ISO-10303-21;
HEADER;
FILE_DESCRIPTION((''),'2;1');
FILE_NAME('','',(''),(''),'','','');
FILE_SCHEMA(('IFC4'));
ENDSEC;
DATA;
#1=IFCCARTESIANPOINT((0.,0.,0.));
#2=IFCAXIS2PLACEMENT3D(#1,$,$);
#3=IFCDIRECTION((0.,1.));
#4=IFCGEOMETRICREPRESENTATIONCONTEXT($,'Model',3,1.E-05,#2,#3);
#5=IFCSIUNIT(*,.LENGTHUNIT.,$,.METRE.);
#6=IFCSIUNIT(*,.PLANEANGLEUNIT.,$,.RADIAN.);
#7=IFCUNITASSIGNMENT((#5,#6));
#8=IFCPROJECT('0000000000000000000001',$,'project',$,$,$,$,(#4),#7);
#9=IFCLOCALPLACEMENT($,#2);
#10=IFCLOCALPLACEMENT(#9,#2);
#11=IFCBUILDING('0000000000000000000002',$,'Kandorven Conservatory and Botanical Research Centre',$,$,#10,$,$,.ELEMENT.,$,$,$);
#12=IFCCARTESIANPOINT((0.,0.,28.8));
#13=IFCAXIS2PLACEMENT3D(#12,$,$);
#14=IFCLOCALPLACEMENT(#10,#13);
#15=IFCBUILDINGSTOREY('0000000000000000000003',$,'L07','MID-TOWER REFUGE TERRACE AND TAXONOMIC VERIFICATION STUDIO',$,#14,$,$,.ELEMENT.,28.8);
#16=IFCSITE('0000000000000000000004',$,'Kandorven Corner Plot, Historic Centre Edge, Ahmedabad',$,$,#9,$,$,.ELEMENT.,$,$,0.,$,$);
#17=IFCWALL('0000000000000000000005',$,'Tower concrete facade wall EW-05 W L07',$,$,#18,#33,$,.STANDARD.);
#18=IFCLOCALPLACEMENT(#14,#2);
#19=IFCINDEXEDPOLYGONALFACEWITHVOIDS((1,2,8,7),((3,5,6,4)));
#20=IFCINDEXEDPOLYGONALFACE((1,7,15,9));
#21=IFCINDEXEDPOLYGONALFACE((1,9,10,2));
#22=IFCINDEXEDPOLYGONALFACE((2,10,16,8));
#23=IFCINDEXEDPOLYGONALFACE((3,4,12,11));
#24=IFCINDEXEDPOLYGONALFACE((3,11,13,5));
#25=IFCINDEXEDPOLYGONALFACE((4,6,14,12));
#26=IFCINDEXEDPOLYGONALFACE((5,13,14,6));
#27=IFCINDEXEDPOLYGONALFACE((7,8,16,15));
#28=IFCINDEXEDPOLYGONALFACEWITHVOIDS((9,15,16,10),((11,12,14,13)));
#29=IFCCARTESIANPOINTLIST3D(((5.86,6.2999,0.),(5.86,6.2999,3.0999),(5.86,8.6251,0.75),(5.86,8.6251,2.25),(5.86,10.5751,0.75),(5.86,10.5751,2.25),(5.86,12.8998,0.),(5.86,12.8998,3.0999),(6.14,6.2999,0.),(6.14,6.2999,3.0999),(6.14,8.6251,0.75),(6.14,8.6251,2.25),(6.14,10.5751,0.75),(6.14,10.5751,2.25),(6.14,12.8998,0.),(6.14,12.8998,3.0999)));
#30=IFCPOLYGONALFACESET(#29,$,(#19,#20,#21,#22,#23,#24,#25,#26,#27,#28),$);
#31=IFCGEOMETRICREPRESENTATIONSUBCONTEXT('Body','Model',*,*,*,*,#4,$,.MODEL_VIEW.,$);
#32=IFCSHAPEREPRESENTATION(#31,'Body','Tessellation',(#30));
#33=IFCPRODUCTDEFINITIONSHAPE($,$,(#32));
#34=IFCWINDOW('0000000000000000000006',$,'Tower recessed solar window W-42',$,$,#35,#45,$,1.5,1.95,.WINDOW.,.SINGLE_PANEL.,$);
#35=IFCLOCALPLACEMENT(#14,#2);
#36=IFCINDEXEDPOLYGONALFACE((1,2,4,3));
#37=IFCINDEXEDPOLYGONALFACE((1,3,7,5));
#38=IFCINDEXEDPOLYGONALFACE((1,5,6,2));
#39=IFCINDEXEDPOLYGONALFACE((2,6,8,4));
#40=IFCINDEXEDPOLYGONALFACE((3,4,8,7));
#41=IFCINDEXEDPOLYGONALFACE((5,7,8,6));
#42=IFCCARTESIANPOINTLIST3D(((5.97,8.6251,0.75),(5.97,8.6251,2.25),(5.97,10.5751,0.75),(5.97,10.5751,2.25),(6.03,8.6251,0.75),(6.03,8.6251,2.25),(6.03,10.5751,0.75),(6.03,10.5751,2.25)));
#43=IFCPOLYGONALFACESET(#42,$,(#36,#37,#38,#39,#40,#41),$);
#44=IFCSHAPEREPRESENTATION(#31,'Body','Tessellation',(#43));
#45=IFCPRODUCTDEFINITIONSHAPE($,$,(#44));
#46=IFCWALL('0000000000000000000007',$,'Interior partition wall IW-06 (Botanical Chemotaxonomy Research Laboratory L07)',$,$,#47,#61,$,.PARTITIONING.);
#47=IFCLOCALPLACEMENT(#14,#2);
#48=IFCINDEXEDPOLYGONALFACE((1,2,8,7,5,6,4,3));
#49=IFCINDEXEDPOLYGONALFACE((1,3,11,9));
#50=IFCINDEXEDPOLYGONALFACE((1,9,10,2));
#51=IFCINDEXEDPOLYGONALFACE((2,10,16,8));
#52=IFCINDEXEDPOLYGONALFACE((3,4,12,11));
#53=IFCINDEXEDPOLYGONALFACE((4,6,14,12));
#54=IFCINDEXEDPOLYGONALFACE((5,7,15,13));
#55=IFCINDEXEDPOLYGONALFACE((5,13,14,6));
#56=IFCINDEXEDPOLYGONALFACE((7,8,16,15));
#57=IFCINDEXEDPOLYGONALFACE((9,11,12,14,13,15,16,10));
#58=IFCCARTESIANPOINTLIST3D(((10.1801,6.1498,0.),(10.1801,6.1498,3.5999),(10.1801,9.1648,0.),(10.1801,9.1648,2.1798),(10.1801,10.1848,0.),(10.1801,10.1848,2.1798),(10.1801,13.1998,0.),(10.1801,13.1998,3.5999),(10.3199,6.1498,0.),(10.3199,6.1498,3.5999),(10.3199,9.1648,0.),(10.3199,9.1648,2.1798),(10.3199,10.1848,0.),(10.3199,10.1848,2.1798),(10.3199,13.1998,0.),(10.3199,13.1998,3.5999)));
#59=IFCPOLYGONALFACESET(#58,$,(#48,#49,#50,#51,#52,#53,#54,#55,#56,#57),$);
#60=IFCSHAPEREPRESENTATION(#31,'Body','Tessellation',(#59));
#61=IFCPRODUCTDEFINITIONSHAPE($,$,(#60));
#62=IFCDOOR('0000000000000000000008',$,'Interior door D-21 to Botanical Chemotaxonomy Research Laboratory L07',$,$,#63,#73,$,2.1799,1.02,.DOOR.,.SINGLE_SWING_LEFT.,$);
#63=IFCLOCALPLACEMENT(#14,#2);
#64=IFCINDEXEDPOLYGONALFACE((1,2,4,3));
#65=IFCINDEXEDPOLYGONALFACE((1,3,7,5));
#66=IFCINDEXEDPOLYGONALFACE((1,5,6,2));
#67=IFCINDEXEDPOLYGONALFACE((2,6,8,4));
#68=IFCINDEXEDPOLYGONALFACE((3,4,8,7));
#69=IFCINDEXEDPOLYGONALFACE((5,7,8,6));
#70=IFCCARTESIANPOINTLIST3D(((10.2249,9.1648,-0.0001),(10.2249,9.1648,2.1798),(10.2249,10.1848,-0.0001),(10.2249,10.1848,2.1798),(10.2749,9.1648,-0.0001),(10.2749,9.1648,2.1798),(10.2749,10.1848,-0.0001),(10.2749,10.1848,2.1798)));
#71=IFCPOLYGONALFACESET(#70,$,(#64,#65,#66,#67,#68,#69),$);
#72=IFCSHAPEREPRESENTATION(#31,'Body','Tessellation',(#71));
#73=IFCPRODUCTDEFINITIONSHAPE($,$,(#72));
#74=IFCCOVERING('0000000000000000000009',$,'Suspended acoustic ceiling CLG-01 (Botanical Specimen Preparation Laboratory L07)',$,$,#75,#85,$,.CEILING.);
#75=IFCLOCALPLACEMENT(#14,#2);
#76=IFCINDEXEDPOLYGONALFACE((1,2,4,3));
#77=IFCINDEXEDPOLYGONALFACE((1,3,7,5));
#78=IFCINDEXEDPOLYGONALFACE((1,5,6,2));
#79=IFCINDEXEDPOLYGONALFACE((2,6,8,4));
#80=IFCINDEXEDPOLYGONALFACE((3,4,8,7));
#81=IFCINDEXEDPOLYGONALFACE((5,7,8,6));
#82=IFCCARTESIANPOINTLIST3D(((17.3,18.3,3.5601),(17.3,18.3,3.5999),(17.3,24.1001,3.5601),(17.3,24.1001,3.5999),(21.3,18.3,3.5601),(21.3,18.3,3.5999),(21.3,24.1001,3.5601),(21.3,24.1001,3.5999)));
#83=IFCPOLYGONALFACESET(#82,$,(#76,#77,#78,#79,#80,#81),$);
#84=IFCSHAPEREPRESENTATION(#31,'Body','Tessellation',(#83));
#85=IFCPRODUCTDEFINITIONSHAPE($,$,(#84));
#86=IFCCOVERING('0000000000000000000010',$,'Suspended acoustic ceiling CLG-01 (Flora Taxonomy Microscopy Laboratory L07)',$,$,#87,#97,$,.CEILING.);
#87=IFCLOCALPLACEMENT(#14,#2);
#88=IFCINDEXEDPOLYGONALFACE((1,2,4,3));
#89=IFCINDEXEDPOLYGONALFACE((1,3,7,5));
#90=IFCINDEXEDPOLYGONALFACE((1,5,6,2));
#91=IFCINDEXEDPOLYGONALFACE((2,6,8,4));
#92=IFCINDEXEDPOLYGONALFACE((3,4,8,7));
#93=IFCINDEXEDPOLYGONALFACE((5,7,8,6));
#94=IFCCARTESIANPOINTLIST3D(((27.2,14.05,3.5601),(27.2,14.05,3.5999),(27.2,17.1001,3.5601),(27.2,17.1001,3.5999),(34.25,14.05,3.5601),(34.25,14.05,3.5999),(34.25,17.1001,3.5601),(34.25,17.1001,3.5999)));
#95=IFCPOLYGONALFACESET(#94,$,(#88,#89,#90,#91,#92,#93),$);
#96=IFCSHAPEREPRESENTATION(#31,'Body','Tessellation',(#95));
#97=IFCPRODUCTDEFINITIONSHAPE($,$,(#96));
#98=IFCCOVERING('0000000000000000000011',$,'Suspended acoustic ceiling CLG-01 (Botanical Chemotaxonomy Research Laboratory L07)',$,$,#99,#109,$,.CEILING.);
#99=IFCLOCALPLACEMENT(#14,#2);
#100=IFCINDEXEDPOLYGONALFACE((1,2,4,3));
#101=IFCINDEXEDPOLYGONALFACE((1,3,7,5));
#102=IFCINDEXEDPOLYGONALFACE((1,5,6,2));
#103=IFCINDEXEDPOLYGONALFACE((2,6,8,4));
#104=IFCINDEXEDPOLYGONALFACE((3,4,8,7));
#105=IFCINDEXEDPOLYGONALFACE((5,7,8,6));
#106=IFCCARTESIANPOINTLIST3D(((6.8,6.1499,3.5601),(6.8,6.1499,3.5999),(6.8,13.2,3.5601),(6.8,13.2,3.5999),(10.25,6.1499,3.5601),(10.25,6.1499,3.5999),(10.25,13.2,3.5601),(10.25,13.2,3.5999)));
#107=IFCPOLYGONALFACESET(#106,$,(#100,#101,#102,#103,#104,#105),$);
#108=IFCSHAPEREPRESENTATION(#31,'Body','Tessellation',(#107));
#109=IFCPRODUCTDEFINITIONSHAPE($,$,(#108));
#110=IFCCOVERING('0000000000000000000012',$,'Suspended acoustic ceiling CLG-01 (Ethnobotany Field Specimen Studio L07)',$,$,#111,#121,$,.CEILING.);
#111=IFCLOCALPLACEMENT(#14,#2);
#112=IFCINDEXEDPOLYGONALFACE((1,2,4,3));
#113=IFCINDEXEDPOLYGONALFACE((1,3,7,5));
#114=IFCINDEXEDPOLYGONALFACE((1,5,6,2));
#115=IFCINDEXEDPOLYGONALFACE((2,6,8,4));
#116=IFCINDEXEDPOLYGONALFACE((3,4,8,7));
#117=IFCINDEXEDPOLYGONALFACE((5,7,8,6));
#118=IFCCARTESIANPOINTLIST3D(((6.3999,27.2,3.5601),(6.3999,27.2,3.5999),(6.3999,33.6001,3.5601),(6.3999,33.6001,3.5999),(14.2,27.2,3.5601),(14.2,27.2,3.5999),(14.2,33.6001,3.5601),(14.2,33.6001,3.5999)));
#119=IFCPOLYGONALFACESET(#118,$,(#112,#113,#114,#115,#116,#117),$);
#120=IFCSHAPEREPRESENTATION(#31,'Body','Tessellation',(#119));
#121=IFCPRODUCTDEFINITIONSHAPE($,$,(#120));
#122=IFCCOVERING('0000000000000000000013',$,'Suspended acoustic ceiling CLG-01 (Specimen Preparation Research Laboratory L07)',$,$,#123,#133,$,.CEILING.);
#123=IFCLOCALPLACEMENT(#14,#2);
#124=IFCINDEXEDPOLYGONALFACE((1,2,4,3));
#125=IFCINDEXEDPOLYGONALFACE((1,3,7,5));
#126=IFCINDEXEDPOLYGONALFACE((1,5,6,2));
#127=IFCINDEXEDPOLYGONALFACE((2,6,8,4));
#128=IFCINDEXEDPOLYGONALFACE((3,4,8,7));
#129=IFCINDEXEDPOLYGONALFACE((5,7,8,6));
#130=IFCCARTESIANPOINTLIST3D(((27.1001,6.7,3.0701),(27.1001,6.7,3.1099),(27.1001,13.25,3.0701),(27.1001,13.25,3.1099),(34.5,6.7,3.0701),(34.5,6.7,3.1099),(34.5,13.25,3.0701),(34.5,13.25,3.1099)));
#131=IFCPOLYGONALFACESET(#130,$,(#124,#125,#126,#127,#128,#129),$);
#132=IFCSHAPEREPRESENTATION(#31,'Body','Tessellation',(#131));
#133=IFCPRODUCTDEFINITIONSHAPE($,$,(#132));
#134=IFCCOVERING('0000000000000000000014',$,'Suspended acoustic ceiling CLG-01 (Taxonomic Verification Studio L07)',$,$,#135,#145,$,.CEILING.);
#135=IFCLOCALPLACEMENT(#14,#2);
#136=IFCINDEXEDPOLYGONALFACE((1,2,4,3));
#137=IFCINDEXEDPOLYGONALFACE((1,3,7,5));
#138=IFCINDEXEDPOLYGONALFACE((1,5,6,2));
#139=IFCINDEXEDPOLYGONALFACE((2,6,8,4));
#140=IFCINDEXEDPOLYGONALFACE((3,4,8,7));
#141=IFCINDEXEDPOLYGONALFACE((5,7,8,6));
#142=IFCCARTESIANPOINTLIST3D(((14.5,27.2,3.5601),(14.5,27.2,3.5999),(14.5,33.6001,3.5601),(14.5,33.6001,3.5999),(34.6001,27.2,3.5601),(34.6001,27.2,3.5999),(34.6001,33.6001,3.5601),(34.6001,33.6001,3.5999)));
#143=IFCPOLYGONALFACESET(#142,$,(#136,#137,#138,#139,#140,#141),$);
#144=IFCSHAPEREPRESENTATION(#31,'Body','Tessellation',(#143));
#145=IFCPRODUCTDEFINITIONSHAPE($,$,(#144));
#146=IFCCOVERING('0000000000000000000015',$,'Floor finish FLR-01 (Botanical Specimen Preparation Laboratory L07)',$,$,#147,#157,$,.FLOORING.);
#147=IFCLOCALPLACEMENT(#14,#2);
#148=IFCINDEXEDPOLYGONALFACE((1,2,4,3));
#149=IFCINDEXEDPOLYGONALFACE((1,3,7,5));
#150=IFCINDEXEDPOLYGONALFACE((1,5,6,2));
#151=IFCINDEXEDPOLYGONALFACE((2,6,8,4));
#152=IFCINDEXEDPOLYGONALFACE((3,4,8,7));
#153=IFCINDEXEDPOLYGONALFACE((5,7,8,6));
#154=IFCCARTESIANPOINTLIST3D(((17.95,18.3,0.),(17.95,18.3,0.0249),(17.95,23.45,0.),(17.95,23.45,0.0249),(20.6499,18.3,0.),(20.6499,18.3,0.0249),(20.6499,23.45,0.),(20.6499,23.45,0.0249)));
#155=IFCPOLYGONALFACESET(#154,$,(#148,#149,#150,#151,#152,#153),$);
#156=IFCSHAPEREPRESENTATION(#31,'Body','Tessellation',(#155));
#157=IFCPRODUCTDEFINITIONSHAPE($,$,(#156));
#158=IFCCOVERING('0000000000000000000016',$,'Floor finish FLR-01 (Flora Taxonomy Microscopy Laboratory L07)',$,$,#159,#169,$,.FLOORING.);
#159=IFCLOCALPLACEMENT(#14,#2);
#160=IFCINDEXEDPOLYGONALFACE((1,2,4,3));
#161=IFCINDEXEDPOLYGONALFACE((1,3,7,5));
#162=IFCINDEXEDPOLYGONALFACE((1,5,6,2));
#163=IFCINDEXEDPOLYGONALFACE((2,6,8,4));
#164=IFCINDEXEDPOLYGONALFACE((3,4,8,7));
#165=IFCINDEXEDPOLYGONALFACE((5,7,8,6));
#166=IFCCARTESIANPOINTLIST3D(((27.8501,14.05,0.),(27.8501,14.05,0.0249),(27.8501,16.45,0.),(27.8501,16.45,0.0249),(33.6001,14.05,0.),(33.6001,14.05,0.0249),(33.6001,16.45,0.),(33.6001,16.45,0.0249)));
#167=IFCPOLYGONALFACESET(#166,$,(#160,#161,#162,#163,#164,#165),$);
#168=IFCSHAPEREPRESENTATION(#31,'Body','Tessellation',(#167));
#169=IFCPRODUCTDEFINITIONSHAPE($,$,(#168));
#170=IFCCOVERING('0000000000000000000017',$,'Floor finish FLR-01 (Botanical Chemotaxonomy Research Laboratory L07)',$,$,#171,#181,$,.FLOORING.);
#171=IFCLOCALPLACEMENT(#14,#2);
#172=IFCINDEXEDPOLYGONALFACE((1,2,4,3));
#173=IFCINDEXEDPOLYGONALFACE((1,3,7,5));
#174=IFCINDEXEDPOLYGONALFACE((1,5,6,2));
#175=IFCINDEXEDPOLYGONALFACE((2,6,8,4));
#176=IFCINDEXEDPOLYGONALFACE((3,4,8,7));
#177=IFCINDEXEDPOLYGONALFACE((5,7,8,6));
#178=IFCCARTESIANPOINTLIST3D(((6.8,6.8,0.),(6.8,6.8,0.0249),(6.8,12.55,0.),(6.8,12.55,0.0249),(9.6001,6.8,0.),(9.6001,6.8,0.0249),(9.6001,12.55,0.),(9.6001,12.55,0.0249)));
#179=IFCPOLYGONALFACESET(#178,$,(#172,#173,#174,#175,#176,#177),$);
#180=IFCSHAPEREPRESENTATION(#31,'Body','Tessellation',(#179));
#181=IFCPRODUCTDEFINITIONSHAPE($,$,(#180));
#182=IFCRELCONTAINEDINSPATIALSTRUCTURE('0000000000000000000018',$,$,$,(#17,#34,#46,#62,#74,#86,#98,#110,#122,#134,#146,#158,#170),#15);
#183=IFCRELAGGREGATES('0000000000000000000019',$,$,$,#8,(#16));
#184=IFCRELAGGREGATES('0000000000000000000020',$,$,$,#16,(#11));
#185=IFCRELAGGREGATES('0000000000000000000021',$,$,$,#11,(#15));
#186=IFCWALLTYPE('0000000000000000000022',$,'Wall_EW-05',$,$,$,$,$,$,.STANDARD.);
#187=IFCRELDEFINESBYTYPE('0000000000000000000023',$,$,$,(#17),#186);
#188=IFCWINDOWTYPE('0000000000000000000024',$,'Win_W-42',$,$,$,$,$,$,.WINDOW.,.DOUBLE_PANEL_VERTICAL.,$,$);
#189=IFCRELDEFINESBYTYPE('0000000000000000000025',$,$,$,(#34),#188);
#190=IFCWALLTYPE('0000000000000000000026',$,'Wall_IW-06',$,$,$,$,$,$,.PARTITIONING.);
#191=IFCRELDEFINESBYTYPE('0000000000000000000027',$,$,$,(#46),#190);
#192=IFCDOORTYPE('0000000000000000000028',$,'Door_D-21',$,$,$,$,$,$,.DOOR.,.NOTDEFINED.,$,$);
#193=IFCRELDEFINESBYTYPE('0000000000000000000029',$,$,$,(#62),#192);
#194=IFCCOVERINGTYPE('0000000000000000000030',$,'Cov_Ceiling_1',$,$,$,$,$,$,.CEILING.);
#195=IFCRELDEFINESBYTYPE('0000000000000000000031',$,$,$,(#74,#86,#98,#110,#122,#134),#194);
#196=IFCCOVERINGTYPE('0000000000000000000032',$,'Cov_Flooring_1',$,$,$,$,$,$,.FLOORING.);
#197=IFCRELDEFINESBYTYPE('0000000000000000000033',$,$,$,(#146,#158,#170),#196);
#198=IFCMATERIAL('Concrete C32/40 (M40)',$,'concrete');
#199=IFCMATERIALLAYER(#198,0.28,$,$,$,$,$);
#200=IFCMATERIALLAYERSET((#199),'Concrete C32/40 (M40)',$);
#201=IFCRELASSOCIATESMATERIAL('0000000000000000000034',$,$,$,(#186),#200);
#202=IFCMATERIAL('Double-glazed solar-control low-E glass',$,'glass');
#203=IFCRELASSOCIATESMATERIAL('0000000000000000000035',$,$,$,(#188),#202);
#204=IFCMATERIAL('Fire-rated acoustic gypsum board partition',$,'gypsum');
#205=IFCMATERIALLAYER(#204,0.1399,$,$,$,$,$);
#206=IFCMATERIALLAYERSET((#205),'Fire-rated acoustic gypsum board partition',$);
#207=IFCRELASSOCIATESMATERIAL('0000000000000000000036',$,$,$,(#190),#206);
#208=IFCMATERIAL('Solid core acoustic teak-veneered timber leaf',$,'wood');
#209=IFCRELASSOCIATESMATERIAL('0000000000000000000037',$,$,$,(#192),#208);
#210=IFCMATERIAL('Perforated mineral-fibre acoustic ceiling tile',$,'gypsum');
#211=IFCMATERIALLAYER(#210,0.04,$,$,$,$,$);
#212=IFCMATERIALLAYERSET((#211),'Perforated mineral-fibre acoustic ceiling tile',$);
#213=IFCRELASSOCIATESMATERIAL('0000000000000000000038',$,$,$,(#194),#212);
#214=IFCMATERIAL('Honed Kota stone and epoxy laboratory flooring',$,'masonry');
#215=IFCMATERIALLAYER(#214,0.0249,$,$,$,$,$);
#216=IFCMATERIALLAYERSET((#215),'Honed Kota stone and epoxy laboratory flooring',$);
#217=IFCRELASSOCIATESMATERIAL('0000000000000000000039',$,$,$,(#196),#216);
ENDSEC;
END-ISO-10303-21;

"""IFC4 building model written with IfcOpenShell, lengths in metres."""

from ifc_helpers import new_model, si_unit, direction, frame, frame_2d, origin, place, context, subcontext, project, spatial, polyline, rectangle, outline, extrude, material, layer, layer_set, type_object, element, fill, save


model = new_model("IFC4")

# Units and contexts
model_context = context("Model", 3, precision=1e-05, world=origin(), true_north=direction((0.0, 1.0)))
body_context = subcontext(model_context, "Body", "Model", "MODEL_VIEW")
ifc_project = project(units=[si_unit("LENGTHUNIT", "METRE"), si_unit("PLANEANGLEUNIT", "RADIAN")], contexts=[model_context])

# Site, building, storey
site_placement = place(None, origin())
site = spatial("IfcSite", under=ifc_project, at=site_placement, Name="Kandorven Corner Plot, Historic Centre Edge, Ahmedabad", CompositionType="ELEMENT", RefElevation=0.0)
building_placement = place(site_placement, origin())
building = spatial("IfcBuilding", under=site, at=building_placement, Name="Kandorven Conservatory and Botanical Research Centre", CompositionType="ELEMENT")
storey_placement = place(building_placement, frame((0.0, 0.0, 28.8)))
storey = spatial("IfcBuildingStorey", under=building, at=storey_placement, Name="L07", Description="MID-TOWER REFUGE TERRACE AND TAXONOMIC VERIFICATION STUDIO", CompositionType="ELEMENT", Elevation=28.8)

# Wall, opening, window
ifc_material_1 = material(Name="Concrete C32/40 (M40)", Category="concrete")
ifc_layer_1 = layer(ifc_material_1, 0.28)
ifc_layer_set_1 = layer_set([ifc_layer_1], Name="Concrete C32/40 (M40)")
wall_type_1 = type_object("IfcWallType", Name="Wall_EW-05", PredefinedType="STANDARD", material=ifc_layer_set_1)
wall_1_placement = place(storey_placement, frame((6.0, 6.3, 0.0), z_axis=(0.0, 0.0, 1.0), x_axis=(0.0, 1.0, 0.0)))
wall_1 = element("IfcWall", 1, at=wall_1_placement, inside=storey, type_object=wall_type_1, Name="Tower concrete facade wall EW-05 W L07", PredefinedType="STANDARD", context=body_context, shape_type="SweptSolid", body=[
    extrude(rectangle(XDim=6.5999, YDim=0.28, at=frame_2d((3.2998, 0.0))), origin(), (0.0, 0.0, 1.0), 3.0999),
])
opening_1_placement = place(wall_1_placement, frame((2.325, 0.0, 0.75)))
opening_1 = element("IfcOpeningElement", 2, at=opening_1_placement, cuts=wall_1, PredefinedType="OPENING", context=body_context, shape_type="SweptSolid", body=[
    extrude(rectangle(XDim=1.95, YDim=1.5, at=frame_2d((0.9751, 0.75))), frame((0.0, 0.1499, 0.0), z_axis=(0.0, -1.0, 0.0), x_axis=(1.0, 0.0, 0.0)), (0.0, 0.0, 1.0), 0.3),
])
ifc_material_2 = material(Name="Double-glazed solar-control low-E glass", Category="glass")
window_type_1 = type_object("IfcWindowType", Name="Win_W-42", PartitioningType="DOUBLE_PANEL_VERTICAL", PredefinedType="WINDOW", material=ifc_material_2)
window_1_placement = place(opening_1_placement, origin())
window_1 = element("IfcWindow", 3, at=window_1_placement, inside=storey, type_object=window_type_1, Name="Tower recessed solar window W-42", OverallHeight=1.5, OverallWidth=1.95, PartitioningType="SINGLE_PANEL", PredefinedType="WINDOW", context=body_context, shape_type="SweptSolid", body=[
    extrude(rectangle(XDim=1.95, YDim=1.5, at=frame_2d((0.9751, 0.75))), frame((0.0, 0.03, 0.0), z_axis=(0.0, -1.0, 0.0), x_axis=(1.0, 0.0, 0.0)), (0.0, 0.0, 1.0), 0.0601),
])
fill(opening_1, window_1)

# Wall, opening, door
ifc_material_3 = material(Name="Fire-rated acoustic gypsum board partition", Category="gypsum")
ifc_layer_2 = layer(ifc_material_3, 0.1399)
ifc_layer_set_2 = layer_set([ifc_layer_2], Name="Fire-rated acoustic gypsum board partition")
wall_type_2 = type_object("IfcWallType", Name="Wall_IW-06", PredefinedType="PARTITIONING", material=ifc_layer_set_2)
wall_2_placement = place(storey_placement, frame((10.25, 6.1499, 0.0), z_axis=(0.0, 0.0, 1.0), x_axis=(0.0, 1.0, 0.0)))
wall_2 = element("IfcWall", 4, at=wall_2_placement, inside=storey, type_object=wall_type_2, Name="Interior partition wall IW-06 (Botanical Chemotaxonomy Research Laboratory L07)", PredefinedType="PARTITIONING", context=body_context, shape_type="SweptSolid", body=[
    extrude(rectangle(XDim=7.05, YDim=0.1399, at=frame_2d((3.5249, 0.0))), origin(), (0.0, 0.0, 1.0), 3.5999),
])
opening_2_placement = place(wall_2_placement, frame((3.0149, 0.0, 0.0)))
opening_2 = element("IfcOpeningElement", 5, at=opening_2_placement, cuts=wall_2, PredefinedType="OPENING", context=body_context, shape_type="SweptSolid", body=[
    extrude(rectangle(XDim=1.02, YDim=2.1799, at=frame_2d((0.51, 1.0898))), frame((0.0, 0.0798, 0.0), z_axis=(0.0, -1.0, 0.0), x_axis=(1.0, 0.0, 0.0)), (0.0, 0.0, 1.0), 0.1599),
])
ifc_material_4 = material(Name="Solid core acoustic teak-veneered timber leaf", Category="wood")
door_type = type_object("IfcDoorType", Name="Door_D-21", OperationType="NOTDEFINED", PredefinedType="DOOR", material=ifc_material_4)
door_placement = place(opening_2_placement, frame((1.02, 0.0, 0.0), z_axis=(0.0, 0.0, 1.0), x_axis=(-1.0, 0.0, 0.0)))
door = element("IfcDoor", 6, at=door_placement, inside=storey, type_object=door_type, Name="Interior door D-21 to Botanical Chemotaxonomy Research Laboratory L07", OperationType="SINGLE_SWING_LEFT", OverallHeight=2.1799, OverallWidth=1.02, PredefinedType="DOOR", context=body_context, shape_type="SweptSolid", body=[
    extrude(rectangle(XDim=1.02, YDim=2.1799, at=frame_2d((0.51, 1.0898))), frame((0.0, 0.0249, 0.0), z_axis=(0.0, -1.0, 0.0), x_axis=(1.0, 0.0, 0.0)), (0.0, 0.0, 1.0), 0.05),
])
fill(opening_2, door)

# Coverings
ifc_material_5 = material(Name="Perforated mineral-fibre acoustic ceiling tile", Category="gypsum")
ifc_layer_3 = layer(ifc_material_5, 0.04)
ifc_layer_set_3 = layer_set([ifc_layer_3], Name="Perforated mineral-fibre acoustic ceiling tile")
covering_type_1 = type_object("IfcCoveringType", Name="Cov_Ceiling_1", PredefinedType="CEILING", material=ifc_layer_set_3)
covering_1_placement = place(storey_placement, frame((0.0, 0.0, 3.5601)))
element("IfcCovering", 7, at=covering_1_placement, inside=storey, type_object=covering_type_1, Name="Suspended acoustic ceiling CLG-01 (Botanical Specimen Preparation Laboratory L07)", PredefinedType="CEILING", context=body_context, shape_type="SweptSolid", body=[
    extrude(outline(polyline([(17.3, 18.3), (21.3, 18.3), (21.3, 24.1001), (17.3, 24.1001), (17.3, 18.3)])), origin(), (0.0, 0.0, 1.0), 0.0398),
])
covering_2_placement = place(storey_placement, frame((0.0, 0.0, 3.5601)))
element("IfcCovering", 8, at=covering_2_placement, inside=storey, type_object=covering_type_1, Name="Suspended acoustic ceiling CLG-01 (Flora Taxonomy Microscopy Laboratory L07)", PredefinedType="CEILING", context=body_context, shape_type="SweptSolid", body=[
    extrude(outline(polyline([(27.2, 14.05), (34.25, 14.05), (34.25, 17.1001), (27.2, 17.1001), (27.2, 14.05)])), origin(), (0.0, 0.0, 1.0), 0.0398),
])
covering_3_placement = place(storey_placement, frame((0.0, 0.0, 3.5601)))
element("IfcCovering", 9, at=covering_3_placement, inside=storey, type_object=covering_type_1, Name="Suspended acoustic ceiling CLG-01 (Botanical Chemotaxonomy Research Laboratory L07)", PredefinedType="CEILING", context=body_context, shape_type="SweptSolid", body=[
    extrude(outline(polyline([(6.8, 6.1499), (10.25, 6.1499), (10.25, 13.2), (6.8, 13.2), (6.8, 6.1499)])), origin(), (0.0, 0.0, 1.0), 0.0398),
])
covering_4_placement = place(storey_placement, frame((0.0, 0.0, 3.5601)))
element("IfcCovering", 10, at=covering_4_placement, inside=storey, type_object=covering_type_1, Name="Suspended acoustic ceiling CLG-01 (Ethnobotany Field Specimen Studio L07)", PredefinedType="CEILING", context=body_context, shape_type="SweptSolid", body=[
    extrude(outline(polyline([(6.3999, 27.2), (14.2, 27.2), (14.2, 33.6001), (6.3999, 33.6001), (6.3999, 27.2)])), origin(), (0.0, 0.0, 1.0), 0.0398),
])
covering_5_placement = place(storey_placement, frame((0.0, 0.0, 3.0701)))
element("IfcCovering", 11, at=covering_5_placement, inside=storey, type_object=covering_type_1, Name="Suspended acoustic ceiling CLG-01 (Specimen Preparation Research Laboratory L07)", PredefinedType="CEILING", context=body_context, shape_type="SweptSolid", body=[
    extrude(outline(polyline([(27.1001, 6.7), (34.5, 6.7), (34.5, 13.25), (27.1001, 13.25), (27.1001, 6.7)])), origin(), (0.0, 0.0, 1.0), 0.0398),
])
covering_6_placement = place(storey_placement, frame((0.0, 0.0, 3.5601)))
element("IfcCovering", 12, at=covering_6_placement, inside=storey, type_object=covering_type_1, Name="Suspended acoustic ceiling CLG-01 (Taxonomic Verification Studio L07)", PredefinedType="CEILING", context=body_context, shape_type="SweptSolid", body=[
    extrude(outline(polyline([(14.5, 27.2), (34.6001, 27.2), (34.6001, 33.6001), (14.5, 33.6001), (14.5, 27.2)])), origin(), (0.0, 0.0, 1.0), 0.0398),
])
ifc_material_6 = material(Name="Honed Kota stone and epoxy laboratory flooring", Category="masonry")
ifc_layer_4 = layer(ifc_material_6, 0.0249)
ifc_layer_set_4 = layer_set([ifc_layer_4], Name="Honed Kota stone and epoxy laboratory flooring")
covering_type_2 = type_object("IfcCoveringType", Name="Cov_Flooring_1", PredefinedType="FLOORING", material=ifc_layer_set_4)
covering_7_placement = place(storey_placement, origin())
element("IfcCovering", 13, at=covering_7_placement, inside=storey, type_object=covering_type_2, Name="Floor finish FLR-01 (Botanical Specimen Preparation Laboratory L07)", PredefinedType="FLOORING", context=body_context, shape_type="SweptSolid", body=[
    extrude(outline(polyline([(17.95, 18.3), (20.6499, 18.3), (20.6499, 23.45), (17.95, 23.45), (17.95, 18.3)])), origin(), (0.0, 0.0, 1.0), 0.0249),
])
covering_8_placement = place(storey_placement, origin())
element("IfcCovering", 14, at=covering_8_placement, inside=storey, type_object=covering_type_2, Name="Floor finish FLR-01 (Flora Taxonomy Microscopy Laboratory L07)", PredefinedType="FLOORING", context=body_context, shape_type="SweptSolid", body=[
    extrude(outline(polyline([(27.8501, 14.05), (33.6001, 14.05), (33.6001, 16.45), (27.8501, 16.45), (27.8501, 14.05)])), origin(), (0.0, 0.0, 1.0), 0.0249),
])
covering_9_placement = place(storey_placement, origin())
element("IfcCovering", 15, at=covering_9_placement, inside=storey, type_object=covering_type_2, Name="Floor finish FLR-01 (Botanical Chemotaxonomy Research Laboratory L07)", PredefinedType="FLOORING", context=body_context, shape_type="SweptSolid", body=[
    extrude(outline(polyline([(6.8, 6.8), (9.6001, 6.8), (9.6001, 12.55), (6.8, 12.55), (6.8, 6.8)])), origin(), (0.0, 0.0, 1.0), 0.0249),
])

save(model, "model.ifc")
